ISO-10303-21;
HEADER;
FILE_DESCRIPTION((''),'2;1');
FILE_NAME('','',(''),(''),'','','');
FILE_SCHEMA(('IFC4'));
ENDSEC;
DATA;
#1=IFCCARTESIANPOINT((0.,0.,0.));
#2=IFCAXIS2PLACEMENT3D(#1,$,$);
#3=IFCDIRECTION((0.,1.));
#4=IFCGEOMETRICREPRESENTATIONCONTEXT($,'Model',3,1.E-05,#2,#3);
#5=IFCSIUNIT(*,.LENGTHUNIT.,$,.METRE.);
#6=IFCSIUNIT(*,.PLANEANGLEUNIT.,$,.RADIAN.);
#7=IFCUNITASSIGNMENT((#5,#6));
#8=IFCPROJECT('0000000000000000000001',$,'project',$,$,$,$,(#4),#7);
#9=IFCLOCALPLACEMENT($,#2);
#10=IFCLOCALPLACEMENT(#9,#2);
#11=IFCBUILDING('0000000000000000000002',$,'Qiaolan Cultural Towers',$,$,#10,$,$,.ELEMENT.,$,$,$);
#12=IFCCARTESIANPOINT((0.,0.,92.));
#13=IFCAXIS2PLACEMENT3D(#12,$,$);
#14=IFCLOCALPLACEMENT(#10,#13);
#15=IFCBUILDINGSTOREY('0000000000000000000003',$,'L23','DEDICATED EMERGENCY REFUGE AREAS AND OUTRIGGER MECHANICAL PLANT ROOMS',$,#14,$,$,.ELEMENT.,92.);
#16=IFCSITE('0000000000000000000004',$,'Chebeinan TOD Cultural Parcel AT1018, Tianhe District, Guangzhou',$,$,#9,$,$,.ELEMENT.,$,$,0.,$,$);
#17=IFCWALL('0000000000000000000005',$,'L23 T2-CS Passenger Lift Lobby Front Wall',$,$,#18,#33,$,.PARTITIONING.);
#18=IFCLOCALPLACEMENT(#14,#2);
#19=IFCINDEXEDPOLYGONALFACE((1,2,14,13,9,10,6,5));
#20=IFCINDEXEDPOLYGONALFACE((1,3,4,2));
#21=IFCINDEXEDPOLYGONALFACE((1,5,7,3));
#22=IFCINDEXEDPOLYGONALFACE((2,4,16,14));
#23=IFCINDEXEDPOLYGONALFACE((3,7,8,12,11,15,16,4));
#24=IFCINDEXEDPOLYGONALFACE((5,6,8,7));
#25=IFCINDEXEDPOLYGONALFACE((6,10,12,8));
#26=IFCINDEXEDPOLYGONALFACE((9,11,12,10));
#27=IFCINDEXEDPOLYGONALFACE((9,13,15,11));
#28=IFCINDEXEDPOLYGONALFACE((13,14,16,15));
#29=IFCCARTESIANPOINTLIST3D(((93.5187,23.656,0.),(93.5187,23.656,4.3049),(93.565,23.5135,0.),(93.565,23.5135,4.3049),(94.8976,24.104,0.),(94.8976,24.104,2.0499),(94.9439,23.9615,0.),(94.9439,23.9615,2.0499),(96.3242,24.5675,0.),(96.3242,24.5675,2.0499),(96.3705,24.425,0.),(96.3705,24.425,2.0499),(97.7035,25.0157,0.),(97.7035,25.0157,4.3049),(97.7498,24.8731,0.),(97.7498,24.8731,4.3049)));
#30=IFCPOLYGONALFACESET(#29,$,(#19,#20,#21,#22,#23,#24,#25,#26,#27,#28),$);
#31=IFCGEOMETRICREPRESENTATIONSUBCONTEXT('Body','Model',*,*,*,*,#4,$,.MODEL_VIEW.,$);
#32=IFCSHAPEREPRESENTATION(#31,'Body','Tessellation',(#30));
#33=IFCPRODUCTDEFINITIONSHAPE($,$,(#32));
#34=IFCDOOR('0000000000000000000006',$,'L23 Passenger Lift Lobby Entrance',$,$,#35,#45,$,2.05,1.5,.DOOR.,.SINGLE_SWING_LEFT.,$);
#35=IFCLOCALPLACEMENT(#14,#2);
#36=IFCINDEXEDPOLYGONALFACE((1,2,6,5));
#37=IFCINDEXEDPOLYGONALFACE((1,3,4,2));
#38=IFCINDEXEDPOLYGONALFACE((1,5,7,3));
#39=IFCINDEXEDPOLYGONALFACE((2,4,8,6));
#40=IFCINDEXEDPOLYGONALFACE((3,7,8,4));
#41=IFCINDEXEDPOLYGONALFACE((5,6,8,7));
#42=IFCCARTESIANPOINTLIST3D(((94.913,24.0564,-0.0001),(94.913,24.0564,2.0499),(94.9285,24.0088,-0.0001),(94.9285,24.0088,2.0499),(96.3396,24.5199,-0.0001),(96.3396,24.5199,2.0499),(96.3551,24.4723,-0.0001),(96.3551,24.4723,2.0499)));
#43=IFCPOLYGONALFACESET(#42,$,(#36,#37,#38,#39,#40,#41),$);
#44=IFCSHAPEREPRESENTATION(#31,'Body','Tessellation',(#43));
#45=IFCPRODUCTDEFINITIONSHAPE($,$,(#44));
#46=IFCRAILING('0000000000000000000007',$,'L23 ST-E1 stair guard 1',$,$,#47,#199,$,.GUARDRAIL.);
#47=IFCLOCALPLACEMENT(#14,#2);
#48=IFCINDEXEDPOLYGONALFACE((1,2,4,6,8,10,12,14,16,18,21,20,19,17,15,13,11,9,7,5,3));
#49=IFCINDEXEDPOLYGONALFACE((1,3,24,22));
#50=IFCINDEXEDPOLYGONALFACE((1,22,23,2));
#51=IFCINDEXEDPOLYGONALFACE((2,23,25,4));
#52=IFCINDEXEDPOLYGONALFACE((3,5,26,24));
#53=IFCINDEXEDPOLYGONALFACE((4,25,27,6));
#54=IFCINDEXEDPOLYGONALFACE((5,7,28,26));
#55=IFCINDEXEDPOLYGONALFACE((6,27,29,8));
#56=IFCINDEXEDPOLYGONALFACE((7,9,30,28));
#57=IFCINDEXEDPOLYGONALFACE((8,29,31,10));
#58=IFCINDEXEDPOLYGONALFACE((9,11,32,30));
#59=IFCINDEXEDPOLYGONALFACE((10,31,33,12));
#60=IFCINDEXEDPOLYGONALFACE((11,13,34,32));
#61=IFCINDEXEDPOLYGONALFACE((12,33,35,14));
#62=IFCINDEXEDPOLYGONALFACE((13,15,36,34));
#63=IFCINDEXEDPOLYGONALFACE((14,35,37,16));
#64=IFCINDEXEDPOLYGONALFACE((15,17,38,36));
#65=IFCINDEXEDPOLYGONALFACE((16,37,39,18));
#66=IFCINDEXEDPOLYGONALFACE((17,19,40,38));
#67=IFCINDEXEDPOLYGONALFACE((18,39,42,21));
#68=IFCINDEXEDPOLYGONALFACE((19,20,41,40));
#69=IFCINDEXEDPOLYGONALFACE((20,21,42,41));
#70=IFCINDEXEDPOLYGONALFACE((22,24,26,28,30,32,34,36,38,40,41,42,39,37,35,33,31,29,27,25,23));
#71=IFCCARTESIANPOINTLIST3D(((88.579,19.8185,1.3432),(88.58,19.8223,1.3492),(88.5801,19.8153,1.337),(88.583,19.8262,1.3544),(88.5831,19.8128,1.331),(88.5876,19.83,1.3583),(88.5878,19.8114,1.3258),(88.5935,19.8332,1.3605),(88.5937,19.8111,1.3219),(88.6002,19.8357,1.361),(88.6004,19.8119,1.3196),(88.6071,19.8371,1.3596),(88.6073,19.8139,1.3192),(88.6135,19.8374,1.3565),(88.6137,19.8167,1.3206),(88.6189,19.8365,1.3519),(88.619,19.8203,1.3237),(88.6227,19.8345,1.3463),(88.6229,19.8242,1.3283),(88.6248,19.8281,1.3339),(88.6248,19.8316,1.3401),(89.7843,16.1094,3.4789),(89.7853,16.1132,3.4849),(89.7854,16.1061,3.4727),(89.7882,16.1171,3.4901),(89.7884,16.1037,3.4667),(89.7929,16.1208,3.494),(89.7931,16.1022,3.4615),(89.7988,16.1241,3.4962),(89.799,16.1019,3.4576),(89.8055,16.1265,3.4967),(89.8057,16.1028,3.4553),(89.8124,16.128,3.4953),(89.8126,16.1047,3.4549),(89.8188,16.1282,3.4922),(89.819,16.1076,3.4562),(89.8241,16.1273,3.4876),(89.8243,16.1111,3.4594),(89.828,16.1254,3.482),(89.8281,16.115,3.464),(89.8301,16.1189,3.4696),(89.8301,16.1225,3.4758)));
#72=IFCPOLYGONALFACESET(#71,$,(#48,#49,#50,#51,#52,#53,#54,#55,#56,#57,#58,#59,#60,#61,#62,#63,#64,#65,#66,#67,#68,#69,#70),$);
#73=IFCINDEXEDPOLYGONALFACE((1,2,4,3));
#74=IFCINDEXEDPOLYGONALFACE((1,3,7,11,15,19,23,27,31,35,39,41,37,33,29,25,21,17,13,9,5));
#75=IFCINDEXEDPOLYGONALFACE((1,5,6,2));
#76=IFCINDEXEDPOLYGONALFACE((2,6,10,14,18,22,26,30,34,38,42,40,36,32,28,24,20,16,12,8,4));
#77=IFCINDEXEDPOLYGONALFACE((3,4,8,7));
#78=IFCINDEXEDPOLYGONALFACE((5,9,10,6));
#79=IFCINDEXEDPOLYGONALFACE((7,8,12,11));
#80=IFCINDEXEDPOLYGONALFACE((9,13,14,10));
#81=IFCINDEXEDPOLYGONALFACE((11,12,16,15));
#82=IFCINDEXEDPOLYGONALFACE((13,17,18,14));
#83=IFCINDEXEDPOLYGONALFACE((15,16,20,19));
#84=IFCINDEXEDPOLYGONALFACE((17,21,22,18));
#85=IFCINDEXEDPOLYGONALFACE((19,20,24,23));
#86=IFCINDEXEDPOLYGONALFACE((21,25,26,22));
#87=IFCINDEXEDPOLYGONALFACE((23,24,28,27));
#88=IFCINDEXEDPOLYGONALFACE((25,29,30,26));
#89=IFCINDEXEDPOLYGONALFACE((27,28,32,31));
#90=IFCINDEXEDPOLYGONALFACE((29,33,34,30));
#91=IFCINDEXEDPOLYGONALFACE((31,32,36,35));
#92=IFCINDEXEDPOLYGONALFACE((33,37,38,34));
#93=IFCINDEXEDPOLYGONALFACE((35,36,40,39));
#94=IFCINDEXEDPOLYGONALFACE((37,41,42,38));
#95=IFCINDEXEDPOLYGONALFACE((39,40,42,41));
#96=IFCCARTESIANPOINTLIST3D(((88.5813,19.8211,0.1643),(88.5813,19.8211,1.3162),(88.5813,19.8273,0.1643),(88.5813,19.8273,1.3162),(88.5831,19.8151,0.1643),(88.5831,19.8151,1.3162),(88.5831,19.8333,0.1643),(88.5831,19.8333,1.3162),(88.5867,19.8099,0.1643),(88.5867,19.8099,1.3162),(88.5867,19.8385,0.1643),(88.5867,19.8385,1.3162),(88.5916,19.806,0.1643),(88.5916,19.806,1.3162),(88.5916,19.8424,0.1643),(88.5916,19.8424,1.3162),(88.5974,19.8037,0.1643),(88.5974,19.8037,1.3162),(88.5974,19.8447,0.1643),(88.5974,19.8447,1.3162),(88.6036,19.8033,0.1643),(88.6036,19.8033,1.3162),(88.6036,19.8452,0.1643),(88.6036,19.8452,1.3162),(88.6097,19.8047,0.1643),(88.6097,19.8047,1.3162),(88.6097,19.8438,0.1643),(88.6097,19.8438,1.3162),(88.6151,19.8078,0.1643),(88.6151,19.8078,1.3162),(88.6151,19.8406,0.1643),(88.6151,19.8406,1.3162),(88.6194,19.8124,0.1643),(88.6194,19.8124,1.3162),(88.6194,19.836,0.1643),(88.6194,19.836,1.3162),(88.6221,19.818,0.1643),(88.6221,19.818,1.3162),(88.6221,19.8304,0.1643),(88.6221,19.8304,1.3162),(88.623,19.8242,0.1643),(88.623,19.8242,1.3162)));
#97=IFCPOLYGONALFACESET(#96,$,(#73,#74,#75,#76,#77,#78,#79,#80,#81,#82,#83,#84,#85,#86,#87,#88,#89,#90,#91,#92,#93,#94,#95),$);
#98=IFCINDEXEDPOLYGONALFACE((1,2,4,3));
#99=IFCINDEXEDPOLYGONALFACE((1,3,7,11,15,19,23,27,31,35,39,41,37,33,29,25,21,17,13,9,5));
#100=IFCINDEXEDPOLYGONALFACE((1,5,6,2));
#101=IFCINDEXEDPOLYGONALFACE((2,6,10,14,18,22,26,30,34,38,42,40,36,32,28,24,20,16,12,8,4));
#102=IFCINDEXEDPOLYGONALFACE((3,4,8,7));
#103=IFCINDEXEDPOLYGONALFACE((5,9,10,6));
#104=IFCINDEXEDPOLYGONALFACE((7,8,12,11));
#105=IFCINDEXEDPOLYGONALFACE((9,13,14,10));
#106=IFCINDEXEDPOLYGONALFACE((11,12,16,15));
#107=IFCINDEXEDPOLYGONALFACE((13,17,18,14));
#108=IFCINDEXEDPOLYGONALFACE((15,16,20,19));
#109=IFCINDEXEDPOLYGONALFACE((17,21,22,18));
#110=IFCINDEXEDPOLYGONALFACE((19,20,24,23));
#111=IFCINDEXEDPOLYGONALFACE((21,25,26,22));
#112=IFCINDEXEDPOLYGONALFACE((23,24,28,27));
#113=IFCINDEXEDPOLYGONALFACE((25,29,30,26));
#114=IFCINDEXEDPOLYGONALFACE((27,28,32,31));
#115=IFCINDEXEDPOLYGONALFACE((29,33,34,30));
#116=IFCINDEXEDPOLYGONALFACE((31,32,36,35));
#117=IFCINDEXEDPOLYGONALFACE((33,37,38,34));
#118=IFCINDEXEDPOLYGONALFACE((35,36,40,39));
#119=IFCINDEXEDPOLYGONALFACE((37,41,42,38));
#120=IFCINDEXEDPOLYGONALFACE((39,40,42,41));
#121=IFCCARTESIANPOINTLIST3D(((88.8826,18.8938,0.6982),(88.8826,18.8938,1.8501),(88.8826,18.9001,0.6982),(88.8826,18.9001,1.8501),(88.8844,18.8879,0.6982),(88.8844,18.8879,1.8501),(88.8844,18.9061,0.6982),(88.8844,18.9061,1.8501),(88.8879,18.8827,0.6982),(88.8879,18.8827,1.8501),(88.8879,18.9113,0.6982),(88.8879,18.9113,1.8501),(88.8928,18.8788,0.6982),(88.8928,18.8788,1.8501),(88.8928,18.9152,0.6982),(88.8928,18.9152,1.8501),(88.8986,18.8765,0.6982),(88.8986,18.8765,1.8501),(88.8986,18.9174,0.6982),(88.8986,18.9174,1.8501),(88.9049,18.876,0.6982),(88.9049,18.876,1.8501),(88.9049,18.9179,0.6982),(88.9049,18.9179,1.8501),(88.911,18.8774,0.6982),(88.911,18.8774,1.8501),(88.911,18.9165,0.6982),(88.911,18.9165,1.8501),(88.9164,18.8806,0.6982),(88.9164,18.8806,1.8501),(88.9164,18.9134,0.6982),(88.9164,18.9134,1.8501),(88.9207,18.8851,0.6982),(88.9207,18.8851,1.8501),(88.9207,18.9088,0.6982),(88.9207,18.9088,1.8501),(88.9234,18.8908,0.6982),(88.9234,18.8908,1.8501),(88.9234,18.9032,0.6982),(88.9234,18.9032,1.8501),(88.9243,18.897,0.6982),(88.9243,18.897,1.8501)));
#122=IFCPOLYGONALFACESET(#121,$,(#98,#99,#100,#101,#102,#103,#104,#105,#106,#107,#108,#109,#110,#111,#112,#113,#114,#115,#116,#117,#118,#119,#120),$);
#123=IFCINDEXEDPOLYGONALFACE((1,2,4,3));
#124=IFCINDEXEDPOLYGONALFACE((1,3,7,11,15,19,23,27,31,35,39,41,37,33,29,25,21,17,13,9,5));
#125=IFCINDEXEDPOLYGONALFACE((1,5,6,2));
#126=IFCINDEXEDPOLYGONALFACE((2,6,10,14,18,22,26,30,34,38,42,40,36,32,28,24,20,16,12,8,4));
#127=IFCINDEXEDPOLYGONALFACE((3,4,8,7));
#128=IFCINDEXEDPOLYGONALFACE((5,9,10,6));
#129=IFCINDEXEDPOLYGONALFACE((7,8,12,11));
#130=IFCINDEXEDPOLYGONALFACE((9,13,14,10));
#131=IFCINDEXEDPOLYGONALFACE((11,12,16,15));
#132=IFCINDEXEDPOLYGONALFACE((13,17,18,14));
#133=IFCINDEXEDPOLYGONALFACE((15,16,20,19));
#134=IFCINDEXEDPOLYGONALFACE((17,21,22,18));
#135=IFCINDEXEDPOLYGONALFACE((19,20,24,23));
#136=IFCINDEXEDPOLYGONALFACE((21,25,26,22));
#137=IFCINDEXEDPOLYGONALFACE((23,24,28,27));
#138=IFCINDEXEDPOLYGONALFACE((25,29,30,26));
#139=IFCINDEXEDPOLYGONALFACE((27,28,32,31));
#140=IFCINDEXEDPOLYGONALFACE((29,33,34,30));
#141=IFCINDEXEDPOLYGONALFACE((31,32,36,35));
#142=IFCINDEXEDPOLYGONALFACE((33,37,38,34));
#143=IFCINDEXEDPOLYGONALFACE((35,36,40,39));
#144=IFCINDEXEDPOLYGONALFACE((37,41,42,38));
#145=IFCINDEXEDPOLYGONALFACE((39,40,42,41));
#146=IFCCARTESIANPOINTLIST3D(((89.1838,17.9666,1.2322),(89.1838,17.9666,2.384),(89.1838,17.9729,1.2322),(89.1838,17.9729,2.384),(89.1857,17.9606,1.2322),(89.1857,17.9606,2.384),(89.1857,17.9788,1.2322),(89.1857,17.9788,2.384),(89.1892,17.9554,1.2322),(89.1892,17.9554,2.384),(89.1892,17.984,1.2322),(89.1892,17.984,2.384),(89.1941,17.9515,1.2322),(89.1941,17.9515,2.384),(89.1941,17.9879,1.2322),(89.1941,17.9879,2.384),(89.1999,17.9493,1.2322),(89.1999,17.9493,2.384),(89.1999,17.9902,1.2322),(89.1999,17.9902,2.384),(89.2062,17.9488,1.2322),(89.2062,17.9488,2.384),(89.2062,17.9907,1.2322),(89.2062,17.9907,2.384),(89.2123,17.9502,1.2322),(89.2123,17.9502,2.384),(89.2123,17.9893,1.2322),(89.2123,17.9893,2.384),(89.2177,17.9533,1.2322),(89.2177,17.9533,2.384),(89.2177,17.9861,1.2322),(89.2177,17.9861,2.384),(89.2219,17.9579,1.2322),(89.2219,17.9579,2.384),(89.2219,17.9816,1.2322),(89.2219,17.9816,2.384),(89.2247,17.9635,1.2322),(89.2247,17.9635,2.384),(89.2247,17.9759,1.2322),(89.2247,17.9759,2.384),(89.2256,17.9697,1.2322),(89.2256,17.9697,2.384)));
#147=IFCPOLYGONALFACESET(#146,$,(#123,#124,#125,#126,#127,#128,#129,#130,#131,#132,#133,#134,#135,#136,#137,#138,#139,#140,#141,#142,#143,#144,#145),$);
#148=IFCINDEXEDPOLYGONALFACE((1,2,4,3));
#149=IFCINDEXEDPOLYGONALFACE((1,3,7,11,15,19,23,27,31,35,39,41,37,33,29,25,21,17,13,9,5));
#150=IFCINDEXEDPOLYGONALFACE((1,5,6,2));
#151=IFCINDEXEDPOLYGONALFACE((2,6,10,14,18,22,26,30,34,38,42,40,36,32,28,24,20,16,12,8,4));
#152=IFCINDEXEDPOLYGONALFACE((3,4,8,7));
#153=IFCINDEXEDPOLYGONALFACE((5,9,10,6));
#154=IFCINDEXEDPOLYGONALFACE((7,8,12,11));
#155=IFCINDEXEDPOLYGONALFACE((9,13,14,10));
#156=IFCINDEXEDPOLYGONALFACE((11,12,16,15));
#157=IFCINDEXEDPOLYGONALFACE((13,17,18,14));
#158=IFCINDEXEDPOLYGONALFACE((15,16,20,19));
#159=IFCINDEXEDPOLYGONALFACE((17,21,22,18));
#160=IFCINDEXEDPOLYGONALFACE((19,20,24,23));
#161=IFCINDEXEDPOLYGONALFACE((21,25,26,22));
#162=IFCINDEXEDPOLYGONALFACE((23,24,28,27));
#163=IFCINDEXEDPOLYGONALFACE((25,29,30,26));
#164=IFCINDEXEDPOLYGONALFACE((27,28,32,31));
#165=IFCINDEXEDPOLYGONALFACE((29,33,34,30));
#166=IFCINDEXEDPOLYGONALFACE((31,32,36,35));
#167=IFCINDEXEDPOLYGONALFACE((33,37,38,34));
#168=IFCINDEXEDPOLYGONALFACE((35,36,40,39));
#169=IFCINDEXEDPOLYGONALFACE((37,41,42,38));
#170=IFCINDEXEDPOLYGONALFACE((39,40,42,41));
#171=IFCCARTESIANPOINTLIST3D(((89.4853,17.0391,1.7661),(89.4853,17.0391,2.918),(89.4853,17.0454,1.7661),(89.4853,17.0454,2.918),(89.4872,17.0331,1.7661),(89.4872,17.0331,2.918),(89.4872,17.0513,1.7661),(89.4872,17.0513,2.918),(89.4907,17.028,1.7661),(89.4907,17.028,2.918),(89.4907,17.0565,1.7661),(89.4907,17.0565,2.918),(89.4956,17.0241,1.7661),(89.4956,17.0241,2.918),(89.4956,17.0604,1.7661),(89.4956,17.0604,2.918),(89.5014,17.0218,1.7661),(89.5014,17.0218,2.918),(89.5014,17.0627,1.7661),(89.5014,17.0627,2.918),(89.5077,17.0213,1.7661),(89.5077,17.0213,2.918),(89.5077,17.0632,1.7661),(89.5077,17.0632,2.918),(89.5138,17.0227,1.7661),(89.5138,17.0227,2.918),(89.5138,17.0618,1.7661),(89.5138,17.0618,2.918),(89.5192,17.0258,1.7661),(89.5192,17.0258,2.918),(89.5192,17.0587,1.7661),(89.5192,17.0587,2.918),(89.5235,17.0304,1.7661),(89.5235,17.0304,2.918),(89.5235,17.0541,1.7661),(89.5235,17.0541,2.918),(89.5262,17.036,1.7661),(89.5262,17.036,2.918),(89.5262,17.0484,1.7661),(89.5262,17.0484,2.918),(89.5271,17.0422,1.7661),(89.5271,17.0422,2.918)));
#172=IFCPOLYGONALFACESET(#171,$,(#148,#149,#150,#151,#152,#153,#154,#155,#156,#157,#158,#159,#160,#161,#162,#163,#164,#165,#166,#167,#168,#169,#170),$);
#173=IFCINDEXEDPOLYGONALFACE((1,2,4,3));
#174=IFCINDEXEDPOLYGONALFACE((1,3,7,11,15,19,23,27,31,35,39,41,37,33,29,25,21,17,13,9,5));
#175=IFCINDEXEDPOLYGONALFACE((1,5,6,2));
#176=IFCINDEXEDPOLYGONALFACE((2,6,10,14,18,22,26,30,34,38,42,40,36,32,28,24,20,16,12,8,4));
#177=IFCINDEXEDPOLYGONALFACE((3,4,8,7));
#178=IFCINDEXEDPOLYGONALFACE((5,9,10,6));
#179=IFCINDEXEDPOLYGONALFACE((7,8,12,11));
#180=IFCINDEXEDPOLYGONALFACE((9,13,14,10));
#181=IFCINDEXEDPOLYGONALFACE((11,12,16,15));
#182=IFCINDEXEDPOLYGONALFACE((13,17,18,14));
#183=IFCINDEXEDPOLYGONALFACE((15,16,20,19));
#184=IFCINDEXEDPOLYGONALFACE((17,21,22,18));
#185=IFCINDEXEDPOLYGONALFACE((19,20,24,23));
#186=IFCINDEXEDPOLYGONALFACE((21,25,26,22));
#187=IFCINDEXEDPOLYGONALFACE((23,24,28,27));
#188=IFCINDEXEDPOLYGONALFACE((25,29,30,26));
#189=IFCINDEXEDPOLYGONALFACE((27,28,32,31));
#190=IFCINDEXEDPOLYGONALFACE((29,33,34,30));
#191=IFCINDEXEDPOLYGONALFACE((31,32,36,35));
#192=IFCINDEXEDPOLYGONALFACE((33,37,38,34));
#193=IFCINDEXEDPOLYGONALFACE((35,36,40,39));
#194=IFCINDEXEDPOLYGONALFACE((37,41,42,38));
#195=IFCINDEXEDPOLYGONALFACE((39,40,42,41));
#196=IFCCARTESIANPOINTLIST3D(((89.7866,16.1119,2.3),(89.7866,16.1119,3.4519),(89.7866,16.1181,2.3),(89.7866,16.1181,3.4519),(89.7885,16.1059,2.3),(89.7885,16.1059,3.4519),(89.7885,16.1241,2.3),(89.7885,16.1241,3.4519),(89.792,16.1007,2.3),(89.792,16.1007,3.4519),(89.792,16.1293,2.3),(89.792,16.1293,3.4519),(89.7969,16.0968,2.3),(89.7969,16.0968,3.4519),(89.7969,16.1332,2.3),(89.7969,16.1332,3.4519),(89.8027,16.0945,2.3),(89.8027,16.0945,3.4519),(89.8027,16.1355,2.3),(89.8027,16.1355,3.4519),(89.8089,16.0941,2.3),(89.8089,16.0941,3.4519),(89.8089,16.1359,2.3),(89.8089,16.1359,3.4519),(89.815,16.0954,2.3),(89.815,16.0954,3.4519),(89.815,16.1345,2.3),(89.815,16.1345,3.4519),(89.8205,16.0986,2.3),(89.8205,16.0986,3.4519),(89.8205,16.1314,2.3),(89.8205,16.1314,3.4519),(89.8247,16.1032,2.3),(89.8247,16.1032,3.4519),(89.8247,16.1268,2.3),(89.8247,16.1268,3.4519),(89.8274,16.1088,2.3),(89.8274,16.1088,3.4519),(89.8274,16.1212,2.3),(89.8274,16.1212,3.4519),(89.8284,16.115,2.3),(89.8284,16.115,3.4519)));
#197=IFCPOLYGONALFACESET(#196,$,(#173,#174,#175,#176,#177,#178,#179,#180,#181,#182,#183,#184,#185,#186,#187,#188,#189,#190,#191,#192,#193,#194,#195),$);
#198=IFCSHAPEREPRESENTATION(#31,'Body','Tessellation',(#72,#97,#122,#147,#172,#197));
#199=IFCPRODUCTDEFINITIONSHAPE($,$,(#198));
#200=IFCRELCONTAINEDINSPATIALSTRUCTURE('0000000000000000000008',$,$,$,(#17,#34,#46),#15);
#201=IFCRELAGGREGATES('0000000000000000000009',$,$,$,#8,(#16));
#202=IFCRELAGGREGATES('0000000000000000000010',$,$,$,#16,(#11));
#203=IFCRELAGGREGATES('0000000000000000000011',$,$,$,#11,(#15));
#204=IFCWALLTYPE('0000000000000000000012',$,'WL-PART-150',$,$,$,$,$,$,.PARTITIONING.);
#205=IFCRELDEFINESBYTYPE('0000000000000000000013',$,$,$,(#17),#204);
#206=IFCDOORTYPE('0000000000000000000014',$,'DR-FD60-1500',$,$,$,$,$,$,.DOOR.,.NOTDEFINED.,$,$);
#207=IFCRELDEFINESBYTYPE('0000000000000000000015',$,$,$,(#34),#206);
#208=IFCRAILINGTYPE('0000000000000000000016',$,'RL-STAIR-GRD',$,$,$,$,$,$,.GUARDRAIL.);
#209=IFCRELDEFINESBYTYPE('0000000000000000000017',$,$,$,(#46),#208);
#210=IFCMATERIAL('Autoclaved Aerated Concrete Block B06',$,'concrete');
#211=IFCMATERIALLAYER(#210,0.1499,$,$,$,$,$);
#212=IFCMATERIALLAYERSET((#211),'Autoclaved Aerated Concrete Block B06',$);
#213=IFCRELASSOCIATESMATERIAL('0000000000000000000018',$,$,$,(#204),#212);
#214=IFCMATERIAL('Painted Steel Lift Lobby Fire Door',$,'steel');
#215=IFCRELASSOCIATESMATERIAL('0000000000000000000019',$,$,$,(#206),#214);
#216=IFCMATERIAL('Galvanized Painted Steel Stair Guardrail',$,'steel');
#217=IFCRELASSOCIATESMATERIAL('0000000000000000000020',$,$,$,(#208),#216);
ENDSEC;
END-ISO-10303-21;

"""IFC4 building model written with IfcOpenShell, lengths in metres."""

from ifc_helpers import new_model, si_unit, direction, frame, frame_2d, origin, origin_2d, place, context, subcontext, project, spatial, rectangle, circle, extrude, material, layer, layer_set, type_object, element, fill, save


model = new_model("IFC4")

# Units and contexts
model_context = context("Model", 3, precision=1e-05, world=origin(), true_north=direction((0.0, 1.0)))
body_context = subcontext(model_context, "Body", "Model", "MODEL_VIEW")
ifc_project = project(units=[si_unit("LENGTHUNIT", "METRE"), si_unit("PLANEANGLEUNIT", "RADIAN")], contexts=[model_context])

# Site, building, storey
site_placement = place(None, origin())
site = spatial("IfcSite", under=ifc_project, at=site_placement, Name="Chebeinan TOD Cultural Parcel AT1018, Tianhe District, Guangzhou", CompositionType="ELEMENT", RefElevation=0.0)
building_placement = place(site_placement, origin())
building = spatial("IfcBuilding", under=site, at=building_placement, Name="Qiaolan Cultural Towers", CompositionType="ELEMENT")
storey_placement = place(building_placement, frame((0.0, 0.0, 92.0)))
storey = spatial("IfcBuildingStorey", under=building, at=storey_placement, Name="L23", Description="DEDICATED EMERGENCY REFUGE AREAS AND OUTRIGGER MECHANICAL PLANT ROOMS", CompositionType="ELEMENT", Elevation=92.0)

# Wall, opening, door
ifc_material_1 = material(Name="Autoclaved Aerated Concrete Block B06", Category="concrete")
ifc_layer_1 = layer(ifc_material_1, 0.1499)
ifc_layer_set_1 = layer_set([ifc_layer_1], Name="Autoclaved Aerated Concrete Block B06")
wall_type_1 = type_object("IfcWallType", Name="WL-PART-150", PredefinedType="PARTITIONING", material=ifc_layer_set_1)
wall_1_placement = place(storey_placement, frame((93.5417, 23.5847, 0.0), z_axis=(0.0, 0.0, 1.0), x_axis=(0.951064, 0.308994, 0.0)))
wall_1 = element("IfcWall", 1, at=wall_1_placement, inside=storey, type_object=wall_type_1, Name="L23 T2-CS Passenger Lift Lobby Front Wall", PredefinedType="PARTITIONING", context=body_context, shape_type="SweptSolid", body=[
    extrude(rectangle(XDim=4.4001, YDim=0.1499, at=frame_2d((2.2002, 0.0))), origin(), (0.0, 0.0, 1.0), 4.3049),
])
opening_1_placement = place(wall_1_placement, frame((1.45, 0.0, 0.0)))
opening_1 = element("IfcOpeningElement", 2, at=opening_1_placement, cuts=wall_1, PredefinedType="OPENING", context=body_context, shape_type="SweptSolid", body=[
    extrude(rectangle(XDim=1.5, YDim=2.05, at=frame_2d((0.75, 1.0249))), frame((0.0, 0.085, 0.0), z_axis=(0.0, -1.0, 0.0), x_axis=(1.0, 0.0, 0.0)), (0.0, 0.0, 1.0), 0.1699),
])
ifc_material_2 = material(Name="Painted Steel Lift Lobby Fire Door", Category="steel")
door_type_1 = type_object("IfcDoorType", Name="DR-FD60-1500", OperationType="NOTDEFINED", PredefinedType="DOOR", material=ifc_material_2)
door_1_placement = place(opening_1_placement, origin())
door_1 = element("IfcDoor", 3, at=door_1_placement, inside=storey, type_object=door_type_1, Name="L23 Passenger Lift Lobby Entrance", OperationType="SINGLE_SWING_LEFT", OverallHeight=2.05, OverallWidth=1.5, PredefinedType="DOOR", context=body_context, shape_type="SweptSolid", body=[
    extrude(rectangle(XDim=1.5, YDim=2.05, at=frame_2d((0.75, 1.0249))), frame((0.0, 0.0249, 0.0), z_axis=(0.0, -1.0, 0.0), x_axis=(1.0, 0.0, 0.0)), (0.0, 0.0, 1.0), 0.05),
])
fill(opening_1, door_1)

# Railing
ifc_material_3 = material(Name="Galvanized Painted Steel Stair Guardrail", Category="steel")
railing_type = type_object("IfcRailingType", Name="RL-STAIR-GRD", PredefinedType="GUARDRAIL", material=ifc_material_3)
railing_1_placement = place(storey_placement, frame((88.6021, 19.8242, 0.1643)))
element("IfcRailing", 4, at=railing_1_placement, inside=storey, type_object=railing_type, Name="L23 ST-E1 stair guard 1", PredefinedType="GUARDRAIL", context=body_context, shape_type="SweptSolid", body=[
    extrude(circle(Radius=0.0239, at=origin_2d()), frame((0.0, 0.0, 1.1758), z_axis=(0.271064, -0.834165, 0.480305), x_axis=(0.951047, 0.309045, 0.0)), (0.0, 0.0, 1.0), 4.4465),
    extrude(circle(Radius=0.021, at=origin_2d()), origin(), (0.0, 0.0, 1.0), 1.1519),
    extrude(circle(Radius=0.021, at=origin_2d()), frame((0.3013, -0.9272, 0.5339)), (0.0, 0.0, 1.0), 1.1519),
    extrude(circle(Radius=0.021, at=origin_2d()), frame((0.6025, -1.8545, 1.0679)), (0.0, 0.0, 1.0), 1.1519),
    extrude(circle(Radius=0.021, at=origin_2d()), frame((0.9041, -2.782, 1.6018)), (0.0, 0.0, 1.0), 1.1519),
    extrude(circle(Radius=0.021, at=origin_2d()), frame((1.2053, -3.7092, 2.1357)), (0.0, 0.0, 1.0), 1.1519),
])

save(model, "model.ifc")
